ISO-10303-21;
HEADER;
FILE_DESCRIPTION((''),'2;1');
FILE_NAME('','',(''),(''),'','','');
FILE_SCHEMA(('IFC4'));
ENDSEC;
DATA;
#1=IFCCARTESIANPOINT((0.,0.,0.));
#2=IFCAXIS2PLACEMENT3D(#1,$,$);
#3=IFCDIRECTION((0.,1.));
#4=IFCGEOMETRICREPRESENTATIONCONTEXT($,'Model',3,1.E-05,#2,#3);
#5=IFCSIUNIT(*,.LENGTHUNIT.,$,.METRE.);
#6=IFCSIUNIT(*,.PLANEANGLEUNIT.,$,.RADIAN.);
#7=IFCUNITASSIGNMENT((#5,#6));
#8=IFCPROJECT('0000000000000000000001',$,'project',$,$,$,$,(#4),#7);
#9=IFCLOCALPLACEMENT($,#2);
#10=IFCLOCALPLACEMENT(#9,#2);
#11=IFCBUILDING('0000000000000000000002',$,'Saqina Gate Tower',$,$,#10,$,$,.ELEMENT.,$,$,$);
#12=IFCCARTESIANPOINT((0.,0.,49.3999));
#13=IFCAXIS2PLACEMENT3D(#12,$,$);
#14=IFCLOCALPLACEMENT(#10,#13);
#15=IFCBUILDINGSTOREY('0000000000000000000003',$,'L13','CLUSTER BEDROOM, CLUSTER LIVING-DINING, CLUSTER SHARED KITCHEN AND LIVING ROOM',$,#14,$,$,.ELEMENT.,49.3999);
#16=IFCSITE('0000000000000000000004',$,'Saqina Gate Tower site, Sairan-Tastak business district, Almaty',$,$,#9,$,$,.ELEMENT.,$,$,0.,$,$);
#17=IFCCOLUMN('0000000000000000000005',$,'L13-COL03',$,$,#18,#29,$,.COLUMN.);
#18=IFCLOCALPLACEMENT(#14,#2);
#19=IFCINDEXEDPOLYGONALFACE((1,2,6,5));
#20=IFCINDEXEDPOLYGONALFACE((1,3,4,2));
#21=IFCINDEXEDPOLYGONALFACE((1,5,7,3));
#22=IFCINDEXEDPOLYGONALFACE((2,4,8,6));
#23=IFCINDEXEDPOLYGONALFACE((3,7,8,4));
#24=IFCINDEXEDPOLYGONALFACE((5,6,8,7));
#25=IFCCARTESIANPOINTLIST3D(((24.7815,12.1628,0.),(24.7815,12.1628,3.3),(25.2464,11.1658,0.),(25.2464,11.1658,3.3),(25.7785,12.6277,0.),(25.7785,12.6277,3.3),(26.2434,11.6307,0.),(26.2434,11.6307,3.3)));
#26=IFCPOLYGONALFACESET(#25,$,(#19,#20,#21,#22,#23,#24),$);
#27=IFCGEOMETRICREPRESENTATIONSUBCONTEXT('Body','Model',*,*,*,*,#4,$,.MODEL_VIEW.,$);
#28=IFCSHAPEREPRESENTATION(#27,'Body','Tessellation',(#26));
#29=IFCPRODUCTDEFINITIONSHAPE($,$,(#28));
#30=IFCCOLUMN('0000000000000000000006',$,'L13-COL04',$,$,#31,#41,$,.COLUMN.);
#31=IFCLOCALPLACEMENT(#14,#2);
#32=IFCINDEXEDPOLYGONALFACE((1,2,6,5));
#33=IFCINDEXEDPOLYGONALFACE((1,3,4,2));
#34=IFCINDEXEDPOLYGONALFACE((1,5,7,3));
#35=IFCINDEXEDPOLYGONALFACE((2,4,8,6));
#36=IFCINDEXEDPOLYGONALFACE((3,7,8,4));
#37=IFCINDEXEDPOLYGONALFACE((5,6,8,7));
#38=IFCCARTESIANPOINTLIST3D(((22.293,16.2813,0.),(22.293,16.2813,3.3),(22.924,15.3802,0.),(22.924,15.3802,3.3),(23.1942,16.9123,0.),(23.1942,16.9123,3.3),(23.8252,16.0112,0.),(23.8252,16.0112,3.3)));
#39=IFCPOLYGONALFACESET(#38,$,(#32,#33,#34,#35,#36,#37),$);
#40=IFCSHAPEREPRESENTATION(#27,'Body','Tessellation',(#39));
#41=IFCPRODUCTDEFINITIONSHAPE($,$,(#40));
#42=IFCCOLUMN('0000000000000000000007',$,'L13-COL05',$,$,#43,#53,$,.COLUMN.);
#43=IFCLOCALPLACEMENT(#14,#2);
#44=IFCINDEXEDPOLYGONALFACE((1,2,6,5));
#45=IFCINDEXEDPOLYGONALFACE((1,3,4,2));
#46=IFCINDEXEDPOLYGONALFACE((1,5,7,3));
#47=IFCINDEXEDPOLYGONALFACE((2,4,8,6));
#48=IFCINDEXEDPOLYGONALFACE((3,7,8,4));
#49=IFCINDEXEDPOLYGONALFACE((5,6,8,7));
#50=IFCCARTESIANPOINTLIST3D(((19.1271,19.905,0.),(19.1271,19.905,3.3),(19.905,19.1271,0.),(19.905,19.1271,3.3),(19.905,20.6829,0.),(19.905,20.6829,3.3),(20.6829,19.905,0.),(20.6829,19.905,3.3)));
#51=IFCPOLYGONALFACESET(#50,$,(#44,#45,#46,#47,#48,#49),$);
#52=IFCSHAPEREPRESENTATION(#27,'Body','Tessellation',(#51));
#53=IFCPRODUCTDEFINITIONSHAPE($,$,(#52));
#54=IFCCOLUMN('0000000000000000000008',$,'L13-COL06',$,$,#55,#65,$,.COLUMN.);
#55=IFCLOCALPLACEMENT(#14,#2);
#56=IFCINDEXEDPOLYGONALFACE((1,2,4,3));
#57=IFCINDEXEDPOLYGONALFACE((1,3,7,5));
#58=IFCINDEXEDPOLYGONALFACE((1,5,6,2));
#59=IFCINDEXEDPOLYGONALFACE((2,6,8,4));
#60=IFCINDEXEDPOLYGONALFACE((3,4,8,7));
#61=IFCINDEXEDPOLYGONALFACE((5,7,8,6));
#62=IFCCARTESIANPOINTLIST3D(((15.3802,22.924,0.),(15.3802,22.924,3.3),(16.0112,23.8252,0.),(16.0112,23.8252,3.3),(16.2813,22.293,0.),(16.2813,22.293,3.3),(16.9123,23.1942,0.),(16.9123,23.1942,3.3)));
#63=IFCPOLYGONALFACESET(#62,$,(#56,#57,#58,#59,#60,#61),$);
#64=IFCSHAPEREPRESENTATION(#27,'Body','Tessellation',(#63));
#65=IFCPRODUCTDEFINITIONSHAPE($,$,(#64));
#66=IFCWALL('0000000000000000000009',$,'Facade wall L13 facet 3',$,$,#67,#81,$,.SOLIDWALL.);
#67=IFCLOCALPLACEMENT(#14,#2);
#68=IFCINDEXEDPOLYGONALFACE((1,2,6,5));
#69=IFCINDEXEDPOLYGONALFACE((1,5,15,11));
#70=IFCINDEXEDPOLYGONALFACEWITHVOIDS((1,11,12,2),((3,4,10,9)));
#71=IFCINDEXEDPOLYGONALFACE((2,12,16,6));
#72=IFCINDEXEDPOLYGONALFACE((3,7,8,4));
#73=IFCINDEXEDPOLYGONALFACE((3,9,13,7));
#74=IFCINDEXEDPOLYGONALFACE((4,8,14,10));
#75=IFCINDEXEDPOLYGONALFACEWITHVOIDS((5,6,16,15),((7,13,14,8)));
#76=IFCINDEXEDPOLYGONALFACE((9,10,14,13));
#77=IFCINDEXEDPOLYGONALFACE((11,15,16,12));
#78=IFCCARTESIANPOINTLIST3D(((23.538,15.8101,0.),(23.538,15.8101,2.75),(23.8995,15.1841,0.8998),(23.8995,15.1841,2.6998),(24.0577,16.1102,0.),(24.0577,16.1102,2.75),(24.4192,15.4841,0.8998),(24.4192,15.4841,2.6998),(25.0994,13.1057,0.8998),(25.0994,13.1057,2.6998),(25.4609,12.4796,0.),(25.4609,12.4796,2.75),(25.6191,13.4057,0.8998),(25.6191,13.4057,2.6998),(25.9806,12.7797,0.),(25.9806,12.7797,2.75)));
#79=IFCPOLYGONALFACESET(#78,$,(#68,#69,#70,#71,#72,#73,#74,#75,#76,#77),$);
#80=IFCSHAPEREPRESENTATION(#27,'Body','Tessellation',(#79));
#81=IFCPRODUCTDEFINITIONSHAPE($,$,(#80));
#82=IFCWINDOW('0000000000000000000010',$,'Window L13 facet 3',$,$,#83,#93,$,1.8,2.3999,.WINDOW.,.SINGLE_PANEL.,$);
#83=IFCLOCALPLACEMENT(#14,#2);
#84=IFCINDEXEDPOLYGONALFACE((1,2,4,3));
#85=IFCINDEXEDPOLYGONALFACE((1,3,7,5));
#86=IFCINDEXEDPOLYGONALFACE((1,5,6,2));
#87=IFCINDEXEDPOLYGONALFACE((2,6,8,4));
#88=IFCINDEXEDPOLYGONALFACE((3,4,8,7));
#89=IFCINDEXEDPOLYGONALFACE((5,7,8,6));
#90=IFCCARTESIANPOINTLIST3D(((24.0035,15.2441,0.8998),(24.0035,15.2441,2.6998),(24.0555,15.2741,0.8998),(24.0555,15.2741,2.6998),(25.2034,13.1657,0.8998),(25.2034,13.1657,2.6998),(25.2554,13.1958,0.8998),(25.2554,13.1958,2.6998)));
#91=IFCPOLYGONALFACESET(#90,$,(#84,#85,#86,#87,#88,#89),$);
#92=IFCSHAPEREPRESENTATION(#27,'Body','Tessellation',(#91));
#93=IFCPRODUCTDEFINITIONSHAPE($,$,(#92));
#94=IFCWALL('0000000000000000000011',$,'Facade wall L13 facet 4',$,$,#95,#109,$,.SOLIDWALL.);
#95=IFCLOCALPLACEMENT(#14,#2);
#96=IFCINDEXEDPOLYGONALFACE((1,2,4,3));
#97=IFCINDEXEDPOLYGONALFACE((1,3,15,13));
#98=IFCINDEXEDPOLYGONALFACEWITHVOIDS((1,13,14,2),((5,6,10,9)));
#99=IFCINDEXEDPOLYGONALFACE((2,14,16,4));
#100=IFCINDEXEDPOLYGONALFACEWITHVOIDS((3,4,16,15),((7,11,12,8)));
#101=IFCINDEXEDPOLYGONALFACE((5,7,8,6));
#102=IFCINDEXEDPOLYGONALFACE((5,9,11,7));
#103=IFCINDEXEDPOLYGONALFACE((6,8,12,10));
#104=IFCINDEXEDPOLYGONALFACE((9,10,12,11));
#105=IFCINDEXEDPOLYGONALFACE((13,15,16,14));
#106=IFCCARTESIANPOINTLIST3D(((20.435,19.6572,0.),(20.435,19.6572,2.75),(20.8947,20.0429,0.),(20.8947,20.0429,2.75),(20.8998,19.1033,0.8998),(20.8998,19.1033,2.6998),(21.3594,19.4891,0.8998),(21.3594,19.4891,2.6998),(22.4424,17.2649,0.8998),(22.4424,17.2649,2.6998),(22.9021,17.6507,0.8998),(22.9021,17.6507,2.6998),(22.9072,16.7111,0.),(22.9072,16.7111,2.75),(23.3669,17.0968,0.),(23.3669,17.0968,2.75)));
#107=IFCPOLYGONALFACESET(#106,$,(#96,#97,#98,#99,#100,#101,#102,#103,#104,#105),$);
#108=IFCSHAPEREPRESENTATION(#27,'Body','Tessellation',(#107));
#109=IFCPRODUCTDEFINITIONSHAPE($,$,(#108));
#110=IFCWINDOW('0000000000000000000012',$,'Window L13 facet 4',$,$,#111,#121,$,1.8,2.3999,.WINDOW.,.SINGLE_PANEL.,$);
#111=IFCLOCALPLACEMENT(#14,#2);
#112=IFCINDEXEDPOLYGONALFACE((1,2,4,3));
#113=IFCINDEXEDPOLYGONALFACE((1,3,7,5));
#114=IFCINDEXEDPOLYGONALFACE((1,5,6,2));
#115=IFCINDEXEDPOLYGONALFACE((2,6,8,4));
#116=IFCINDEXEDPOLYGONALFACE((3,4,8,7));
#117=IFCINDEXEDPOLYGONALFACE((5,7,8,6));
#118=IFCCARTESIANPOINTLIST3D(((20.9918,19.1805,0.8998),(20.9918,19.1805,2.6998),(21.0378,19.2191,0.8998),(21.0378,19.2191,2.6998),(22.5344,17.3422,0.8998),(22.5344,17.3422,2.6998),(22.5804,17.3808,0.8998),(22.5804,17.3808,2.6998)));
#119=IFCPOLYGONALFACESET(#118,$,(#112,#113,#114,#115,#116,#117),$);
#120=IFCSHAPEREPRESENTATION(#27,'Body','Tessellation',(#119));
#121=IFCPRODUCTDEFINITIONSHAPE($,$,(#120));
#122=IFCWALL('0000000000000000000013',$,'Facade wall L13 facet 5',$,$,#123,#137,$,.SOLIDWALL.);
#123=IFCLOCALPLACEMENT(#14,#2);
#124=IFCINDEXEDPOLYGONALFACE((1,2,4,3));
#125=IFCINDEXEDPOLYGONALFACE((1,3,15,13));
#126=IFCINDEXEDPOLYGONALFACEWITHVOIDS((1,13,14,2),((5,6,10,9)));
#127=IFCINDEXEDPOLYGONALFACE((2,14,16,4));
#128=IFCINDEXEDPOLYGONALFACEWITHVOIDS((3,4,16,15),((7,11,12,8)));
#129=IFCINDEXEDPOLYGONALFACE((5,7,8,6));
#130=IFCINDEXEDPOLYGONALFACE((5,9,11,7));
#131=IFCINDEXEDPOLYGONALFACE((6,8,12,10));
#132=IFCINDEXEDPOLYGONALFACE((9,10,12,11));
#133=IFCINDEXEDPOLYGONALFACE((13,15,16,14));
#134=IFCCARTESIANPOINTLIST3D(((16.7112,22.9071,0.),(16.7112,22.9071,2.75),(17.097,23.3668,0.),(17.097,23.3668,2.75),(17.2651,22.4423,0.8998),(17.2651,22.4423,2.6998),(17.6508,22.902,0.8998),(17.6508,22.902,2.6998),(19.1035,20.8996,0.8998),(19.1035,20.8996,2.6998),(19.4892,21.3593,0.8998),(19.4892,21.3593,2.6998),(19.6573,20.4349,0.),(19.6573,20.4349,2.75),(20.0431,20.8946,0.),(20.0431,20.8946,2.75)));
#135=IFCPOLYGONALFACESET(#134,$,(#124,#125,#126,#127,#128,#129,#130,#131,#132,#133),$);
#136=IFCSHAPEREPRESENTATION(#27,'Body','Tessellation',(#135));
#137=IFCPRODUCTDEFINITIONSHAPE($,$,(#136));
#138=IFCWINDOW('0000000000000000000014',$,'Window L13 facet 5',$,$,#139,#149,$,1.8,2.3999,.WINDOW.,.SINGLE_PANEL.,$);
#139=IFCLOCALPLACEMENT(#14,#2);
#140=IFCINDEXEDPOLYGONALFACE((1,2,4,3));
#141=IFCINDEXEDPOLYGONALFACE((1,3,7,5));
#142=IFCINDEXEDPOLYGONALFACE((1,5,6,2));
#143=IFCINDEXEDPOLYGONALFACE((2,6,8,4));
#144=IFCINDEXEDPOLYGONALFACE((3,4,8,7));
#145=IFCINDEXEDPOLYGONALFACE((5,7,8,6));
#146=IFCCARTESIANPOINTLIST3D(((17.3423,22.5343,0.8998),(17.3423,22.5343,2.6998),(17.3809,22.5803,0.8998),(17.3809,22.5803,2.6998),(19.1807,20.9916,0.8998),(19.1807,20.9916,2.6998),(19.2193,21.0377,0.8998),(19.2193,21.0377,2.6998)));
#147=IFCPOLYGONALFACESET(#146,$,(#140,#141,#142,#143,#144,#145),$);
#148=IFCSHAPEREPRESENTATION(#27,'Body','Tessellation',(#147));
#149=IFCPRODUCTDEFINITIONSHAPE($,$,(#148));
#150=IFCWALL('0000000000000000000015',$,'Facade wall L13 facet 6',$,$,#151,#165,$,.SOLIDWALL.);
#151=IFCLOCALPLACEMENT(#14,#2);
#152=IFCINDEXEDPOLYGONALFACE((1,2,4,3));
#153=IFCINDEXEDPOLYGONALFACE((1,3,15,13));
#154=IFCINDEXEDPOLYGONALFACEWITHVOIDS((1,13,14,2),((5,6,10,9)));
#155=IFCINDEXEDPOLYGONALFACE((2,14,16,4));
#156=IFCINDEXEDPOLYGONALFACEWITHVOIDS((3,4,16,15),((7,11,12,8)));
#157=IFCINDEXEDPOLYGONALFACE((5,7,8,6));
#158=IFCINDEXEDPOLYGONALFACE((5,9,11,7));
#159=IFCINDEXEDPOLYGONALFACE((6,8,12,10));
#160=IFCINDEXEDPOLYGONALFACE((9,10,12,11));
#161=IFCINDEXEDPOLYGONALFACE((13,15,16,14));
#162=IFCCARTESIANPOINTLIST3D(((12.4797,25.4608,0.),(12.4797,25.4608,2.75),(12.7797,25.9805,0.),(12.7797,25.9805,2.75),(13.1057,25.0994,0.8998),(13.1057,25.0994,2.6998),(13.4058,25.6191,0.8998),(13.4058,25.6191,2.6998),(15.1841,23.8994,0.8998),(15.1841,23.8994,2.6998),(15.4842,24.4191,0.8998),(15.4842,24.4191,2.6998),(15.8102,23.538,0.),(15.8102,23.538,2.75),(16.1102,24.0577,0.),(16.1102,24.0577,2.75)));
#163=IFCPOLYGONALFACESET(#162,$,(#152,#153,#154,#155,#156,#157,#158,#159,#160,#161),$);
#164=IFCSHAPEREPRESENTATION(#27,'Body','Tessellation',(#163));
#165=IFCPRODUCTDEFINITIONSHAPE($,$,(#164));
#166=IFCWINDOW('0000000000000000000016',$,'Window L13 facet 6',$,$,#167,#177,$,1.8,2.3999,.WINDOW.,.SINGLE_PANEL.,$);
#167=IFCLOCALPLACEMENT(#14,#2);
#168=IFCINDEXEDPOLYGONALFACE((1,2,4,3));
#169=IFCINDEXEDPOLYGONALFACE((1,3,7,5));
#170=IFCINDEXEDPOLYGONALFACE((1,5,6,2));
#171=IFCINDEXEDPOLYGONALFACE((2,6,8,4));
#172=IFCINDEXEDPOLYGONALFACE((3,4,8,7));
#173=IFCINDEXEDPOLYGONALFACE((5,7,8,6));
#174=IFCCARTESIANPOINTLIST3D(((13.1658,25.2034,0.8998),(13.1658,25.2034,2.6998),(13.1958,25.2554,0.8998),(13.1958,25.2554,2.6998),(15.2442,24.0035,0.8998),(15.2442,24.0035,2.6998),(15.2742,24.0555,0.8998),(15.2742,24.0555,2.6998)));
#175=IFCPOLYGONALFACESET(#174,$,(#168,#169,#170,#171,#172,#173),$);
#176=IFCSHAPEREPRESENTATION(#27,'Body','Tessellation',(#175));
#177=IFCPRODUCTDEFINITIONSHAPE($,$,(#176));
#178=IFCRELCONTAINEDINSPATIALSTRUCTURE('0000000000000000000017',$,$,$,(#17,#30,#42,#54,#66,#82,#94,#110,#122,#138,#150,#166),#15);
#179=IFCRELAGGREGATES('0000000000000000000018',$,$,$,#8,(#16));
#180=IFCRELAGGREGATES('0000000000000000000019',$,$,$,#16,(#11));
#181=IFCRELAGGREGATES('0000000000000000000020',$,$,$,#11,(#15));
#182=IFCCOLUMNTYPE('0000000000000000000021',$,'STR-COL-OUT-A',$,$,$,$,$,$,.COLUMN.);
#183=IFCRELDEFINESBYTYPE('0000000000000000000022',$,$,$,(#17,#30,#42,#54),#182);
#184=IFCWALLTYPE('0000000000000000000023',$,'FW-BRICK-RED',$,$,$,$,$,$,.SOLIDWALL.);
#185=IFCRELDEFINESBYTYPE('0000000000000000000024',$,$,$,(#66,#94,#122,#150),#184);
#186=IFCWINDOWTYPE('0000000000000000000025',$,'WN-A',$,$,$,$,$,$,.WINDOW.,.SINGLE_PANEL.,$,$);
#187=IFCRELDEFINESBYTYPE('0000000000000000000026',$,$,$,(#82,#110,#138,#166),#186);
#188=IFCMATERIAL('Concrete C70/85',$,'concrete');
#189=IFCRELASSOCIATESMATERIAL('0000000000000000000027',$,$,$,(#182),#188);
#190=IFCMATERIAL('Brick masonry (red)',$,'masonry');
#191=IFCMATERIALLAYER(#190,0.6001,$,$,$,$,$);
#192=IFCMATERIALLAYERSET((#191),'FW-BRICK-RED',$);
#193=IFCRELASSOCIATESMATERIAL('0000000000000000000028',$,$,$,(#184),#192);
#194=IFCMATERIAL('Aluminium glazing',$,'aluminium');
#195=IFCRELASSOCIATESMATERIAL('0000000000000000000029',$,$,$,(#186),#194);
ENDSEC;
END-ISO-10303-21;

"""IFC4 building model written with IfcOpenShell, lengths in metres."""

from ifc_helpers import new_model, si_unit, direction, frame, frame_2d, origin, origin_2d, place, context, subcontext, project, spatial, rectangle, extrude, material, layer, layer_set, material_profile, profile_set, type_object, element, fill, save


model = new_model("IFC4")

# Units and contexts
model_context = context("Model", 3, precision=1e-05, world=origin(), true_north=direction((0.0, 1.0)))
body_context = subcontext(model_context, "Body", "Model", "MODEL_VIEW")
ifc_project = project(units=[si_unit("LENGTHUNIT", "METRE"), si_unit("PLANEANGLEUNIT", "RADIAN")], contexts=[model_context])

# Site, building, storey
site_placement = place(None, origin())
site = spatial("IfcSite", under=ifc_project, at=site_placement, Name="Saqina Gate Tower site, Sairan-Tastak business district, Almaty", CompositionType="ELEMENT", RefElevation=0.0)
building_placement = place(site_placement, origin())
building = spatial("IfcBuilding", under=site, at=building_placement, Name="Saqina Gate Tower", CompositionType="ELEMENT")
storey_placement = place(building_placement, frame((0.0, 0.0, 49.3999)))
storey = spatial("IfcBuildingStorey", under=building, at=storey_placement, Name="L13", Description="CLUSTER BEDROOM, CLUSTER LIVING-DINING, CLUSTER SHARED KITCHEN AND LIVING ROOM", CompositionType="ELEMENT", Elevation=49.3999)

# Columns
ifc_material_1 = material(Name="Concrete C70/85", Category="concrete")
ifc_material_profile = material_profile(ifc_material_1, rectangle(XDim=1.1001, YDim=1.1001, at=origin_2d()), Name="RC 1100x1100")
ifc_profile_set = profile_set([ifc_material_profile], Name="Concrete C70/85")
column_type = type_object("IfcColumnType", Name="STR-COL-OUT-A", PredefinedType="COLUMN", material=ifc_profile_set)
for number, where, z_axis, x_axis, name in (
    (1, (25.5125, 11.8967, 0.0), (0.0, 0.0, 1.0), (0.906308, 0.422618, 0.0), "L13-COL03"),
    (2, (23.0591, 16.1462, 0.0), (0.0, 0.0, 1.0), (0.819152, 0.573576, 0.0), "L13-COL04"),
    (3, (19.905, 19.905, 0.0), (0.0, 0.0, 1.0), (0.707107, 0.707107, 0.0), "L13-COL05"),
    (4, (16.1462, 23.0591, 0.0), (0.0, 0.0, 1.0), (0.573576, 0.819152, 0.0), "L13-COL06"),
):
    element("IfcColumn", number, at=place(storey_placement, frame(where, z_axis=z_axis, x_axis=x_axis)), inside=storey, type_object=column_type, Name=name, PredefinedType="COLUMN", context=body_context, shape_type="SweptSolid", body=[
        extrude(rectangle(XDim=1.1001, YDim=1.1001, at=origin_2d()), origin(), (0.0, 0.0, 1.0), 3.3),
    ])

# Walls, openings, windows
ifc_material_2 = material(Name="Brick masonry (red)", Category="masonry")
ifc_layer_1 = layer(ifc_material_2, 0.6001)
ifc_layer_set_1 = layer_set([ifc_layer_1], Name="FW-BRICK-RED")
wall_type_1 = type_object("IfcWallType", Name="FW-BRICK-RED", PredefinedType="SOLIDWALL", material=ifc_layer_set_1)
wall_1_placement = place(storey_placement, frame((25.7207, 12.6296, 0.0), z_axis=(0.0, 0.0, 1.0), x_axis=(-0.49999, 0.866031, 0.0)))
wall_1 = element("IfcWall", 5, at=wall_1_placement, inside=storey, type_object=wall_type_1, Name="Facade wall L13 facet 3", PredefinedType="SOLIDWALL", context=body_context, shape_type="SweptSolid", body=[
    extrude(rectangle(XDim=3.8457, YDim=0.6001, at=frame_2d((1.9229, 0.0))), origin(), (0.0, 0.0, 1.0), 2.75),
])
opening_1_placement = place(wall_1_placement, frame((0.7229, 0.0, 0.8999)))
opening_1 = element("IfcOpeningElement", 6, at=opening_1_placement, cuts=wall_1, PredefinedType="OPENING", context=body_context, shape_type="SweptSolid", body=[
    extrude(rectangle(XDim=2.3999, YDim=1.8, at=frame_2d((1.2, 0.8999))), frame((0.0, 0.312, 0.0), z_axis=(0.0, -1.0, 0.0), x_axis=(1.0, 0.0, 0.0)), (0.0, 0.0, 1.0), 0.624),
])
ifc_material_3 = material(Name="Aluminium glazing", Category="aluminium")
window_type = type_object("IfcWindowType", Name="WN-A", PartitioningType="SINGLE_PANEL", PredefinedType="WINDOW", material=ifc_material_3)
window_1_placement = place(opening_1_placement, origin())
window_1 = element("IfcWindow", 7, at=window_1_placement, inside=storey, type_object=window_type, Name="Window L13 facet 3", OverallHeight=1.8, OverallWidth=2.3999, PartitioningType="SINGLE_PANEL", PredefinedType="WINDOW", context=body_context, shape_type="SweptSolid", body=[
    extrude(rectangle(XDim=2.3999, YDim=1.8, at=frame_2d((1.2, 0.8999))), frame((0.0, 0.1799, 0.0), z_axis=(0.0, -1.0, 0.0), x_axis=(1.0, 0.0, 0.0)), (0.0, 0.0, 1.0), 0.0601),
])
fill(opening_1, window_1)
wall_2_placement = place(storey_placement, frame((23.137, 16.9041, 0.0), z_axis=(0.0, 0.0, 1.0), x_axis=(-0.642809, 0.766026, 0.0)))
wall_2 = element("IfcWall", 8, at=wall_2_placement, inside=storey, type_object=wall_type_1, Name="Facade wall L13 facet 4", PredefinedType="SOLIDWALL", context=body_context, shape_type="SweptSolid", body=[
    extrude(rectangle(XDim=3.8459, YDim=0.6001, at=frame_2d((1.9229, 0.0))), origin(), (0.0, 0.0, 1.0), 2.75),
])
opening_2_placement = place(wall_2_placement, frame((0.7229, 0.0, 0.8999)))
opening_2 = element("IfcOpeningElement", 9, at=opening_2_placement, cuts=wall_2, PredefinedType="OPENING", context=body_context, shape_type="SweptSolid", body=[
    extrude(rectangle(XDim=2.3999, YDim=1.8, at=frame_2d((1.2, 0.8999))), frame((0.0, 0.312, 0.0), z_axis=(0.0, -1.0, 0.0), x_axis=(1.0, 0.0, 0.0)), (0.0, 0.0, 1.0), 0.624),
])
window_2_placement = place(opening_2_placement, origin())
window_2 = element("IfcWindow", 10, at=window_2_placement, inside=storey, type_object=window_type, Name="Window L13 facet 4", OverallHeight=1.8, OverallWidth=2.3999, PartitioningType="SINGLE_PANEL", PredefinedType="WINDOW", context=body_context, shape_type="SweptSolid", body=[
    extrude(rectangle(XDim=2.3999, YDim=1.8, at=frame_2d((1.2, 0.8999))), frame((0.0, 0.1799, 0.0), z_axis=(0.0, -1.0, 0.0), x_axis=(1.0, 0.0, 0.0)), (0.0, 0.0, 1.0), 0.0601),
])
fill(opening_2, window_2)
wall_3_placement = place(storey_placement, frame((19.8501, 20.6648, 0.0), z_axis=(0.0, 0.0, 1.0), x_axis=(-0.766026, 0.642809, 0.0)))
wall_3 = element("IfcWall", 11, at=wall_3_placement, inside=storey, type_object=wall_type_1, Name="Facade wall L13 facet 5", PredefinedType="SOLIDWALL", context=body_context, shape_type="SweptSolid", body=[
    extrude(rectangle(XDim=3.8459, YDim=0.6001, at=frame_2d((1.9229, 0.0))), origin(), (0.0, 0.0, 1.0), 2.75),
])
opening_3_placement = place(wall_3_placement, frame((0.7229, 0.0, 0.8999)))
opening_3 = element("IfcOpeningElement", 12, at=opening_3_placement, cuts=wall_3, PredefinedType="OPENING", context=body_context, shape_type="SweptSolid", body=[
    extrude(rectangle(XDim=2.3999, YDim=1.8, at=frame_2d((1.2, 0.8999))), frame((0.0, 0.312, 0.0), z_axis=(0.0, -1.0, 0.0), x_axis=(1.0, 0.0, 0.0)), (0.0, 0.0, 1.0), 0.624),
])
window_3_placement = place(opening_3_placement, origin())
window_3 = element("IfcWindow", 13, at=window_3_placement, inside=storey, type_object=window_type, Name="Window L13 facet 5", OverallHeight=1.8, OverallWidth=2.3999, PartitioningType="SINGLE_PANEL", PredefinedType="WINDOW", context=body_context, shape_type="SweptSolid", body=[
    extrude(rectangle(XDim=2.3999, YDim=1.8, at=frame_2d((1.2, 0.8999))), frame((0.0, 0.1799, 0.0), z_axis=(0.0, -1.0, 0.0), x_axis=(1.0, 0.0, 0.0)), (0.0, 0.0, 1.0), 0.0601),
])
fill(opening_3, window_3)
wall_4_placement = place(storey_placement, frame((15.9602, 23.7979, 0.0), z_axis=(0.0, 0.0, 1.0), x_axis=(-0.866031, 0.49999, 0.0)))
wall_4 = element("IfcWall", 14, at=wall_4_placement, inside=storey, type_object=wall_type_1, Name="Facade wall L13 facet 6", PredefinedType="SOLIDWALL", context=body_context, shape_type="SweptSolid", body=[
    extrude(rectangle(XDim=3.8457, YDim=0.6001, at=frame_2d((1.9229, 0.0))), origin(), (0.0, 0.0, 1.0), 2.75),
])
opening_4_placement = place(wall_4_placement, frame((0.7229, 0.0, 0.8999)))
opening_4 = element("IfcOpeningElement", 15, at=opening_4_placement, cuts=wall_4, PredefinedType="OPENING", context=body_context, shape_type="SweptSolid", body=[
    extrude(rectangle(XDim=2.3999, YDim=1.8, at=frame_2d((1.2, 0.8999))), frame((0.0, 0.312, 0.0), z_axis=(0.0, -1.0, 0.0), x_axis=(1.0, 0.0, 0.0)), (0.0, 0.0, 1.0), 0.624),
])
window_4_placement = place(opening_4_placement, origin())
window_4 = element("IfcWindow", 16, at=window_4_placement, inside=storey, type_object=window_type, Name="Window L13 facet 6", OverallHeight=1.8, OverallWidth=2.3999, PartitioningType="SINGLE_PANEL", PredefinedType="WINDOW", context=body_context, shape_type="SweptSolid", body=[
    extrude(rectangle(XDim=2.3999, YDim=1.8, at=frame_2d((1.2, 0.8999))), frame((0.0, 0.1799, 0.0), z_axis=(0.0, -1.0, 0.0), x_axis=(1.0, 0.0, 0.0)), (0.0, 0.0, 1.0), 0.0601),
])
fill(opening_4, window_4)

save(model, "model.ifc")
